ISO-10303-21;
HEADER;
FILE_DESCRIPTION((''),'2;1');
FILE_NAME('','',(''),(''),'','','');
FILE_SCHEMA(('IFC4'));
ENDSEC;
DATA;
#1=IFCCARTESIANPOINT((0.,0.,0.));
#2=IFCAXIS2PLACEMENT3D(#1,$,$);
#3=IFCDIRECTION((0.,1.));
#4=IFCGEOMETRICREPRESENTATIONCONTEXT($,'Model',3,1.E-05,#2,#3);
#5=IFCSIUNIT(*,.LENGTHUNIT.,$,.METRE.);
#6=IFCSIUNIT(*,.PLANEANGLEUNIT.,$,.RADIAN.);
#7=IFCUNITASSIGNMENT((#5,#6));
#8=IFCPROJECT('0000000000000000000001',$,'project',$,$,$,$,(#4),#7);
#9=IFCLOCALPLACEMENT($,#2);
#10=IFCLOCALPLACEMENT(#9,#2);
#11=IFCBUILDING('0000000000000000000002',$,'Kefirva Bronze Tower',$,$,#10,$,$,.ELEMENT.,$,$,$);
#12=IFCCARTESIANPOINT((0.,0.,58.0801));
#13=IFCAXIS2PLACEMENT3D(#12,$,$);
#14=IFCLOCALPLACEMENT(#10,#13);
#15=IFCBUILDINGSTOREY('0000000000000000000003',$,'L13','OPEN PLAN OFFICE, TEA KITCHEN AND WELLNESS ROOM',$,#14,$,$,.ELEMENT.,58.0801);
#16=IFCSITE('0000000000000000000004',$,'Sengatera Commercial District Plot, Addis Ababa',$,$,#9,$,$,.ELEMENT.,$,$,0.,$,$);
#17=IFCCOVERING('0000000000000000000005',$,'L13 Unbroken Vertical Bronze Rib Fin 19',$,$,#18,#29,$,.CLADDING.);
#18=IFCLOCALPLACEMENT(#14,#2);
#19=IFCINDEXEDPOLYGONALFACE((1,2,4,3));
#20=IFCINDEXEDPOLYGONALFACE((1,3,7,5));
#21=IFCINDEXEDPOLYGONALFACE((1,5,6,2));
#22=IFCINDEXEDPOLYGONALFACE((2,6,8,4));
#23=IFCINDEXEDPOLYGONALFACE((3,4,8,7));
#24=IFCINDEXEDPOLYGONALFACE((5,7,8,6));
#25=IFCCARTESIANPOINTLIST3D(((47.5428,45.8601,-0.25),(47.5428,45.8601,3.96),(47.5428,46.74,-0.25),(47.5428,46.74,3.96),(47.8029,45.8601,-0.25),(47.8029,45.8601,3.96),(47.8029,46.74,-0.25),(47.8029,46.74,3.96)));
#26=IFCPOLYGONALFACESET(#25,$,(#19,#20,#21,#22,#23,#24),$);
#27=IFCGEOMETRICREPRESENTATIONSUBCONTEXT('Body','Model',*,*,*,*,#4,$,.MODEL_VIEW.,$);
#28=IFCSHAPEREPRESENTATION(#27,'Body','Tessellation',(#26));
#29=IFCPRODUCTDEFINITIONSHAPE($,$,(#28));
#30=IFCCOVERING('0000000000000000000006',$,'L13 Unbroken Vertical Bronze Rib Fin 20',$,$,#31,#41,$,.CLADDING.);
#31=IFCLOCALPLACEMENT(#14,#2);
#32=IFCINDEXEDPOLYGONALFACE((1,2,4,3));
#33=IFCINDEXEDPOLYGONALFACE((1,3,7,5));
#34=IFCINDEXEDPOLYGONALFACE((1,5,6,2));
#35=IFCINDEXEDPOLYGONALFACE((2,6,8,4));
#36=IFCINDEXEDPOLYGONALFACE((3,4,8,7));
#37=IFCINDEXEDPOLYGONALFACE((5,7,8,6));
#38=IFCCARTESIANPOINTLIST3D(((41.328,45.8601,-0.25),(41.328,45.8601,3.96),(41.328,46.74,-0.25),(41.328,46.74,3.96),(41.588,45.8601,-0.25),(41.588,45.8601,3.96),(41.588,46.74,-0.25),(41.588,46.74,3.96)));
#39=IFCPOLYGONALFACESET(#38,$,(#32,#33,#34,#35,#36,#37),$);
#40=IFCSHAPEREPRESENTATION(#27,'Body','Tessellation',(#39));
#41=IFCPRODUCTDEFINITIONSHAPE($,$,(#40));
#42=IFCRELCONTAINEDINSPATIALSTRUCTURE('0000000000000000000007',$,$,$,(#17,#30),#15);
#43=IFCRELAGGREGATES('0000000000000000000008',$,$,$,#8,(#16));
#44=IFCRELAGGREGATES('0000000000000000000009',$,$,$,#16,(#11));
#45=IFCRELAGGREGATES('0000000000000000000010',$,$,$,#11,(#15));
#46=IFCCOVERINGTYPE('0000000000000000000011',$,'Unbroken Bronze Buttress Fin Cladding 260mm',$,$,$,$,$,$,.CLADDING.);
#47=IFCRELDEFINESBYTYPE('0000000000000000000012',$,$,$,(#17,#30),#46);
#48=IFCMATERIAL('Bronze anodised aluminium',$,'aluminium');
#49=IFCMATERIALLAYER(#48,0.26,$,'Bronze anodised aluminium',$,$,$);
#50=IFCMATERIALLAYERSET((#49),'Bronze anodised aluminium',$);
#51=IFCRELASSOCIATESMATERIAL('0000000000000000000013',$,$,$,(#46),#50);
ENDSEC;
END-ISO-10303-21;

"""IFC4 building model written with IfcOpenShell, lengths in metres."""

from ifc_helpers import new_model, si_unit, direction, frame, origin, origin_2d, place, context, subcontext, project, spatial, rectangle, extrude, material, layer, layer_set, type_object, element, save


model = new_model("IFC4")

# Units and contexts
model_context = context("Model", 3, precision=1e-05, world=origin(), true_north=direction((0.0, 1.0)))
body_context = subcontext(model_context, "Body", "Model", "MODEL_VIEW")
ifc_project = project(units=[si_unit("LENGTHUNIT", "METRE"), si_unit("PLANEANGLEUNIT", "RADIAN")], contexts=[model_context])

# Site, building, storey
site_placement = place(None, origin())
site = spatial("IfcSite", under=ifc_project, at=site_placement, Name="Sengatera Commercial District Plot, Addis Ababa", CompositionType="ELEMENT", RefElevation=0.0)
building_placement = place(site_placement, origin())
building = spatial("IfcBuilding", under=site, at=building_placement, Name="Kefirva Bronze Tower", CompositionType="ELEMENT")
storey_placement = place(building_placement, frame((0.0, 0.0, 58.0801)))
storey = spatial("IfcBuildingStorey", under=building, at=storey_placement, Name="L13", Description="OPEN PLAN OFFICE, TEA KITCHEN AND WELLNESS ROOM", CompositionType="ELEMENT", Elevation=58.0801)

# Shared definitions
ifc_material_1 = material(Name="Bronze anodised aluminium", Category="aluminium")

# Coverings
ifc_layer_1 = layer(ifc_material_1, 0.26, Name="Bronze anodised aluminium")
ifc_layer_set_1 = layer_set([ifc_layer_1], Name="Bronze anodised aluminium")
covering_type_1 = type_object("IfcCoveringType", Name="Unbroken Bronze Buttress Fin Cladding 260mm", PredefinedType="CLADDING", material=ifc_layer_set_1)
for number, where, z_axis, x_axis, name in (
    (1, (47.6729, 46.3, -0.25), (0.0, 0.0, 1.0), (-1.0, 0.0, 0.0), "L13 Unbroken Vertical Bronze Rib Fin 19"),
    (2, (41.458, 46.3, -0.25), (0.0, 0.0, 1.0), (-1.0, 0.0, 0.0), "L13 Unbroken Vertical Bronze Rib Fin 20"),
):
    element("IfcCovering", number, at=place(storey_placement, frame(where, z_axis=z_axis, x_axis=x_axis)), inside=storey, type_object=covering_type_1, Name=name, PredefinedType="CLADDING", context=body_context, shape_type="SweptSolid", body=[
        extrude(rectangle(XDim=0.26, YDim=0.8799, at=origin_2d()), origin(), (0.0, 0.0, 1.0), 4.21),
    ])

save(model, "model.ifc")
